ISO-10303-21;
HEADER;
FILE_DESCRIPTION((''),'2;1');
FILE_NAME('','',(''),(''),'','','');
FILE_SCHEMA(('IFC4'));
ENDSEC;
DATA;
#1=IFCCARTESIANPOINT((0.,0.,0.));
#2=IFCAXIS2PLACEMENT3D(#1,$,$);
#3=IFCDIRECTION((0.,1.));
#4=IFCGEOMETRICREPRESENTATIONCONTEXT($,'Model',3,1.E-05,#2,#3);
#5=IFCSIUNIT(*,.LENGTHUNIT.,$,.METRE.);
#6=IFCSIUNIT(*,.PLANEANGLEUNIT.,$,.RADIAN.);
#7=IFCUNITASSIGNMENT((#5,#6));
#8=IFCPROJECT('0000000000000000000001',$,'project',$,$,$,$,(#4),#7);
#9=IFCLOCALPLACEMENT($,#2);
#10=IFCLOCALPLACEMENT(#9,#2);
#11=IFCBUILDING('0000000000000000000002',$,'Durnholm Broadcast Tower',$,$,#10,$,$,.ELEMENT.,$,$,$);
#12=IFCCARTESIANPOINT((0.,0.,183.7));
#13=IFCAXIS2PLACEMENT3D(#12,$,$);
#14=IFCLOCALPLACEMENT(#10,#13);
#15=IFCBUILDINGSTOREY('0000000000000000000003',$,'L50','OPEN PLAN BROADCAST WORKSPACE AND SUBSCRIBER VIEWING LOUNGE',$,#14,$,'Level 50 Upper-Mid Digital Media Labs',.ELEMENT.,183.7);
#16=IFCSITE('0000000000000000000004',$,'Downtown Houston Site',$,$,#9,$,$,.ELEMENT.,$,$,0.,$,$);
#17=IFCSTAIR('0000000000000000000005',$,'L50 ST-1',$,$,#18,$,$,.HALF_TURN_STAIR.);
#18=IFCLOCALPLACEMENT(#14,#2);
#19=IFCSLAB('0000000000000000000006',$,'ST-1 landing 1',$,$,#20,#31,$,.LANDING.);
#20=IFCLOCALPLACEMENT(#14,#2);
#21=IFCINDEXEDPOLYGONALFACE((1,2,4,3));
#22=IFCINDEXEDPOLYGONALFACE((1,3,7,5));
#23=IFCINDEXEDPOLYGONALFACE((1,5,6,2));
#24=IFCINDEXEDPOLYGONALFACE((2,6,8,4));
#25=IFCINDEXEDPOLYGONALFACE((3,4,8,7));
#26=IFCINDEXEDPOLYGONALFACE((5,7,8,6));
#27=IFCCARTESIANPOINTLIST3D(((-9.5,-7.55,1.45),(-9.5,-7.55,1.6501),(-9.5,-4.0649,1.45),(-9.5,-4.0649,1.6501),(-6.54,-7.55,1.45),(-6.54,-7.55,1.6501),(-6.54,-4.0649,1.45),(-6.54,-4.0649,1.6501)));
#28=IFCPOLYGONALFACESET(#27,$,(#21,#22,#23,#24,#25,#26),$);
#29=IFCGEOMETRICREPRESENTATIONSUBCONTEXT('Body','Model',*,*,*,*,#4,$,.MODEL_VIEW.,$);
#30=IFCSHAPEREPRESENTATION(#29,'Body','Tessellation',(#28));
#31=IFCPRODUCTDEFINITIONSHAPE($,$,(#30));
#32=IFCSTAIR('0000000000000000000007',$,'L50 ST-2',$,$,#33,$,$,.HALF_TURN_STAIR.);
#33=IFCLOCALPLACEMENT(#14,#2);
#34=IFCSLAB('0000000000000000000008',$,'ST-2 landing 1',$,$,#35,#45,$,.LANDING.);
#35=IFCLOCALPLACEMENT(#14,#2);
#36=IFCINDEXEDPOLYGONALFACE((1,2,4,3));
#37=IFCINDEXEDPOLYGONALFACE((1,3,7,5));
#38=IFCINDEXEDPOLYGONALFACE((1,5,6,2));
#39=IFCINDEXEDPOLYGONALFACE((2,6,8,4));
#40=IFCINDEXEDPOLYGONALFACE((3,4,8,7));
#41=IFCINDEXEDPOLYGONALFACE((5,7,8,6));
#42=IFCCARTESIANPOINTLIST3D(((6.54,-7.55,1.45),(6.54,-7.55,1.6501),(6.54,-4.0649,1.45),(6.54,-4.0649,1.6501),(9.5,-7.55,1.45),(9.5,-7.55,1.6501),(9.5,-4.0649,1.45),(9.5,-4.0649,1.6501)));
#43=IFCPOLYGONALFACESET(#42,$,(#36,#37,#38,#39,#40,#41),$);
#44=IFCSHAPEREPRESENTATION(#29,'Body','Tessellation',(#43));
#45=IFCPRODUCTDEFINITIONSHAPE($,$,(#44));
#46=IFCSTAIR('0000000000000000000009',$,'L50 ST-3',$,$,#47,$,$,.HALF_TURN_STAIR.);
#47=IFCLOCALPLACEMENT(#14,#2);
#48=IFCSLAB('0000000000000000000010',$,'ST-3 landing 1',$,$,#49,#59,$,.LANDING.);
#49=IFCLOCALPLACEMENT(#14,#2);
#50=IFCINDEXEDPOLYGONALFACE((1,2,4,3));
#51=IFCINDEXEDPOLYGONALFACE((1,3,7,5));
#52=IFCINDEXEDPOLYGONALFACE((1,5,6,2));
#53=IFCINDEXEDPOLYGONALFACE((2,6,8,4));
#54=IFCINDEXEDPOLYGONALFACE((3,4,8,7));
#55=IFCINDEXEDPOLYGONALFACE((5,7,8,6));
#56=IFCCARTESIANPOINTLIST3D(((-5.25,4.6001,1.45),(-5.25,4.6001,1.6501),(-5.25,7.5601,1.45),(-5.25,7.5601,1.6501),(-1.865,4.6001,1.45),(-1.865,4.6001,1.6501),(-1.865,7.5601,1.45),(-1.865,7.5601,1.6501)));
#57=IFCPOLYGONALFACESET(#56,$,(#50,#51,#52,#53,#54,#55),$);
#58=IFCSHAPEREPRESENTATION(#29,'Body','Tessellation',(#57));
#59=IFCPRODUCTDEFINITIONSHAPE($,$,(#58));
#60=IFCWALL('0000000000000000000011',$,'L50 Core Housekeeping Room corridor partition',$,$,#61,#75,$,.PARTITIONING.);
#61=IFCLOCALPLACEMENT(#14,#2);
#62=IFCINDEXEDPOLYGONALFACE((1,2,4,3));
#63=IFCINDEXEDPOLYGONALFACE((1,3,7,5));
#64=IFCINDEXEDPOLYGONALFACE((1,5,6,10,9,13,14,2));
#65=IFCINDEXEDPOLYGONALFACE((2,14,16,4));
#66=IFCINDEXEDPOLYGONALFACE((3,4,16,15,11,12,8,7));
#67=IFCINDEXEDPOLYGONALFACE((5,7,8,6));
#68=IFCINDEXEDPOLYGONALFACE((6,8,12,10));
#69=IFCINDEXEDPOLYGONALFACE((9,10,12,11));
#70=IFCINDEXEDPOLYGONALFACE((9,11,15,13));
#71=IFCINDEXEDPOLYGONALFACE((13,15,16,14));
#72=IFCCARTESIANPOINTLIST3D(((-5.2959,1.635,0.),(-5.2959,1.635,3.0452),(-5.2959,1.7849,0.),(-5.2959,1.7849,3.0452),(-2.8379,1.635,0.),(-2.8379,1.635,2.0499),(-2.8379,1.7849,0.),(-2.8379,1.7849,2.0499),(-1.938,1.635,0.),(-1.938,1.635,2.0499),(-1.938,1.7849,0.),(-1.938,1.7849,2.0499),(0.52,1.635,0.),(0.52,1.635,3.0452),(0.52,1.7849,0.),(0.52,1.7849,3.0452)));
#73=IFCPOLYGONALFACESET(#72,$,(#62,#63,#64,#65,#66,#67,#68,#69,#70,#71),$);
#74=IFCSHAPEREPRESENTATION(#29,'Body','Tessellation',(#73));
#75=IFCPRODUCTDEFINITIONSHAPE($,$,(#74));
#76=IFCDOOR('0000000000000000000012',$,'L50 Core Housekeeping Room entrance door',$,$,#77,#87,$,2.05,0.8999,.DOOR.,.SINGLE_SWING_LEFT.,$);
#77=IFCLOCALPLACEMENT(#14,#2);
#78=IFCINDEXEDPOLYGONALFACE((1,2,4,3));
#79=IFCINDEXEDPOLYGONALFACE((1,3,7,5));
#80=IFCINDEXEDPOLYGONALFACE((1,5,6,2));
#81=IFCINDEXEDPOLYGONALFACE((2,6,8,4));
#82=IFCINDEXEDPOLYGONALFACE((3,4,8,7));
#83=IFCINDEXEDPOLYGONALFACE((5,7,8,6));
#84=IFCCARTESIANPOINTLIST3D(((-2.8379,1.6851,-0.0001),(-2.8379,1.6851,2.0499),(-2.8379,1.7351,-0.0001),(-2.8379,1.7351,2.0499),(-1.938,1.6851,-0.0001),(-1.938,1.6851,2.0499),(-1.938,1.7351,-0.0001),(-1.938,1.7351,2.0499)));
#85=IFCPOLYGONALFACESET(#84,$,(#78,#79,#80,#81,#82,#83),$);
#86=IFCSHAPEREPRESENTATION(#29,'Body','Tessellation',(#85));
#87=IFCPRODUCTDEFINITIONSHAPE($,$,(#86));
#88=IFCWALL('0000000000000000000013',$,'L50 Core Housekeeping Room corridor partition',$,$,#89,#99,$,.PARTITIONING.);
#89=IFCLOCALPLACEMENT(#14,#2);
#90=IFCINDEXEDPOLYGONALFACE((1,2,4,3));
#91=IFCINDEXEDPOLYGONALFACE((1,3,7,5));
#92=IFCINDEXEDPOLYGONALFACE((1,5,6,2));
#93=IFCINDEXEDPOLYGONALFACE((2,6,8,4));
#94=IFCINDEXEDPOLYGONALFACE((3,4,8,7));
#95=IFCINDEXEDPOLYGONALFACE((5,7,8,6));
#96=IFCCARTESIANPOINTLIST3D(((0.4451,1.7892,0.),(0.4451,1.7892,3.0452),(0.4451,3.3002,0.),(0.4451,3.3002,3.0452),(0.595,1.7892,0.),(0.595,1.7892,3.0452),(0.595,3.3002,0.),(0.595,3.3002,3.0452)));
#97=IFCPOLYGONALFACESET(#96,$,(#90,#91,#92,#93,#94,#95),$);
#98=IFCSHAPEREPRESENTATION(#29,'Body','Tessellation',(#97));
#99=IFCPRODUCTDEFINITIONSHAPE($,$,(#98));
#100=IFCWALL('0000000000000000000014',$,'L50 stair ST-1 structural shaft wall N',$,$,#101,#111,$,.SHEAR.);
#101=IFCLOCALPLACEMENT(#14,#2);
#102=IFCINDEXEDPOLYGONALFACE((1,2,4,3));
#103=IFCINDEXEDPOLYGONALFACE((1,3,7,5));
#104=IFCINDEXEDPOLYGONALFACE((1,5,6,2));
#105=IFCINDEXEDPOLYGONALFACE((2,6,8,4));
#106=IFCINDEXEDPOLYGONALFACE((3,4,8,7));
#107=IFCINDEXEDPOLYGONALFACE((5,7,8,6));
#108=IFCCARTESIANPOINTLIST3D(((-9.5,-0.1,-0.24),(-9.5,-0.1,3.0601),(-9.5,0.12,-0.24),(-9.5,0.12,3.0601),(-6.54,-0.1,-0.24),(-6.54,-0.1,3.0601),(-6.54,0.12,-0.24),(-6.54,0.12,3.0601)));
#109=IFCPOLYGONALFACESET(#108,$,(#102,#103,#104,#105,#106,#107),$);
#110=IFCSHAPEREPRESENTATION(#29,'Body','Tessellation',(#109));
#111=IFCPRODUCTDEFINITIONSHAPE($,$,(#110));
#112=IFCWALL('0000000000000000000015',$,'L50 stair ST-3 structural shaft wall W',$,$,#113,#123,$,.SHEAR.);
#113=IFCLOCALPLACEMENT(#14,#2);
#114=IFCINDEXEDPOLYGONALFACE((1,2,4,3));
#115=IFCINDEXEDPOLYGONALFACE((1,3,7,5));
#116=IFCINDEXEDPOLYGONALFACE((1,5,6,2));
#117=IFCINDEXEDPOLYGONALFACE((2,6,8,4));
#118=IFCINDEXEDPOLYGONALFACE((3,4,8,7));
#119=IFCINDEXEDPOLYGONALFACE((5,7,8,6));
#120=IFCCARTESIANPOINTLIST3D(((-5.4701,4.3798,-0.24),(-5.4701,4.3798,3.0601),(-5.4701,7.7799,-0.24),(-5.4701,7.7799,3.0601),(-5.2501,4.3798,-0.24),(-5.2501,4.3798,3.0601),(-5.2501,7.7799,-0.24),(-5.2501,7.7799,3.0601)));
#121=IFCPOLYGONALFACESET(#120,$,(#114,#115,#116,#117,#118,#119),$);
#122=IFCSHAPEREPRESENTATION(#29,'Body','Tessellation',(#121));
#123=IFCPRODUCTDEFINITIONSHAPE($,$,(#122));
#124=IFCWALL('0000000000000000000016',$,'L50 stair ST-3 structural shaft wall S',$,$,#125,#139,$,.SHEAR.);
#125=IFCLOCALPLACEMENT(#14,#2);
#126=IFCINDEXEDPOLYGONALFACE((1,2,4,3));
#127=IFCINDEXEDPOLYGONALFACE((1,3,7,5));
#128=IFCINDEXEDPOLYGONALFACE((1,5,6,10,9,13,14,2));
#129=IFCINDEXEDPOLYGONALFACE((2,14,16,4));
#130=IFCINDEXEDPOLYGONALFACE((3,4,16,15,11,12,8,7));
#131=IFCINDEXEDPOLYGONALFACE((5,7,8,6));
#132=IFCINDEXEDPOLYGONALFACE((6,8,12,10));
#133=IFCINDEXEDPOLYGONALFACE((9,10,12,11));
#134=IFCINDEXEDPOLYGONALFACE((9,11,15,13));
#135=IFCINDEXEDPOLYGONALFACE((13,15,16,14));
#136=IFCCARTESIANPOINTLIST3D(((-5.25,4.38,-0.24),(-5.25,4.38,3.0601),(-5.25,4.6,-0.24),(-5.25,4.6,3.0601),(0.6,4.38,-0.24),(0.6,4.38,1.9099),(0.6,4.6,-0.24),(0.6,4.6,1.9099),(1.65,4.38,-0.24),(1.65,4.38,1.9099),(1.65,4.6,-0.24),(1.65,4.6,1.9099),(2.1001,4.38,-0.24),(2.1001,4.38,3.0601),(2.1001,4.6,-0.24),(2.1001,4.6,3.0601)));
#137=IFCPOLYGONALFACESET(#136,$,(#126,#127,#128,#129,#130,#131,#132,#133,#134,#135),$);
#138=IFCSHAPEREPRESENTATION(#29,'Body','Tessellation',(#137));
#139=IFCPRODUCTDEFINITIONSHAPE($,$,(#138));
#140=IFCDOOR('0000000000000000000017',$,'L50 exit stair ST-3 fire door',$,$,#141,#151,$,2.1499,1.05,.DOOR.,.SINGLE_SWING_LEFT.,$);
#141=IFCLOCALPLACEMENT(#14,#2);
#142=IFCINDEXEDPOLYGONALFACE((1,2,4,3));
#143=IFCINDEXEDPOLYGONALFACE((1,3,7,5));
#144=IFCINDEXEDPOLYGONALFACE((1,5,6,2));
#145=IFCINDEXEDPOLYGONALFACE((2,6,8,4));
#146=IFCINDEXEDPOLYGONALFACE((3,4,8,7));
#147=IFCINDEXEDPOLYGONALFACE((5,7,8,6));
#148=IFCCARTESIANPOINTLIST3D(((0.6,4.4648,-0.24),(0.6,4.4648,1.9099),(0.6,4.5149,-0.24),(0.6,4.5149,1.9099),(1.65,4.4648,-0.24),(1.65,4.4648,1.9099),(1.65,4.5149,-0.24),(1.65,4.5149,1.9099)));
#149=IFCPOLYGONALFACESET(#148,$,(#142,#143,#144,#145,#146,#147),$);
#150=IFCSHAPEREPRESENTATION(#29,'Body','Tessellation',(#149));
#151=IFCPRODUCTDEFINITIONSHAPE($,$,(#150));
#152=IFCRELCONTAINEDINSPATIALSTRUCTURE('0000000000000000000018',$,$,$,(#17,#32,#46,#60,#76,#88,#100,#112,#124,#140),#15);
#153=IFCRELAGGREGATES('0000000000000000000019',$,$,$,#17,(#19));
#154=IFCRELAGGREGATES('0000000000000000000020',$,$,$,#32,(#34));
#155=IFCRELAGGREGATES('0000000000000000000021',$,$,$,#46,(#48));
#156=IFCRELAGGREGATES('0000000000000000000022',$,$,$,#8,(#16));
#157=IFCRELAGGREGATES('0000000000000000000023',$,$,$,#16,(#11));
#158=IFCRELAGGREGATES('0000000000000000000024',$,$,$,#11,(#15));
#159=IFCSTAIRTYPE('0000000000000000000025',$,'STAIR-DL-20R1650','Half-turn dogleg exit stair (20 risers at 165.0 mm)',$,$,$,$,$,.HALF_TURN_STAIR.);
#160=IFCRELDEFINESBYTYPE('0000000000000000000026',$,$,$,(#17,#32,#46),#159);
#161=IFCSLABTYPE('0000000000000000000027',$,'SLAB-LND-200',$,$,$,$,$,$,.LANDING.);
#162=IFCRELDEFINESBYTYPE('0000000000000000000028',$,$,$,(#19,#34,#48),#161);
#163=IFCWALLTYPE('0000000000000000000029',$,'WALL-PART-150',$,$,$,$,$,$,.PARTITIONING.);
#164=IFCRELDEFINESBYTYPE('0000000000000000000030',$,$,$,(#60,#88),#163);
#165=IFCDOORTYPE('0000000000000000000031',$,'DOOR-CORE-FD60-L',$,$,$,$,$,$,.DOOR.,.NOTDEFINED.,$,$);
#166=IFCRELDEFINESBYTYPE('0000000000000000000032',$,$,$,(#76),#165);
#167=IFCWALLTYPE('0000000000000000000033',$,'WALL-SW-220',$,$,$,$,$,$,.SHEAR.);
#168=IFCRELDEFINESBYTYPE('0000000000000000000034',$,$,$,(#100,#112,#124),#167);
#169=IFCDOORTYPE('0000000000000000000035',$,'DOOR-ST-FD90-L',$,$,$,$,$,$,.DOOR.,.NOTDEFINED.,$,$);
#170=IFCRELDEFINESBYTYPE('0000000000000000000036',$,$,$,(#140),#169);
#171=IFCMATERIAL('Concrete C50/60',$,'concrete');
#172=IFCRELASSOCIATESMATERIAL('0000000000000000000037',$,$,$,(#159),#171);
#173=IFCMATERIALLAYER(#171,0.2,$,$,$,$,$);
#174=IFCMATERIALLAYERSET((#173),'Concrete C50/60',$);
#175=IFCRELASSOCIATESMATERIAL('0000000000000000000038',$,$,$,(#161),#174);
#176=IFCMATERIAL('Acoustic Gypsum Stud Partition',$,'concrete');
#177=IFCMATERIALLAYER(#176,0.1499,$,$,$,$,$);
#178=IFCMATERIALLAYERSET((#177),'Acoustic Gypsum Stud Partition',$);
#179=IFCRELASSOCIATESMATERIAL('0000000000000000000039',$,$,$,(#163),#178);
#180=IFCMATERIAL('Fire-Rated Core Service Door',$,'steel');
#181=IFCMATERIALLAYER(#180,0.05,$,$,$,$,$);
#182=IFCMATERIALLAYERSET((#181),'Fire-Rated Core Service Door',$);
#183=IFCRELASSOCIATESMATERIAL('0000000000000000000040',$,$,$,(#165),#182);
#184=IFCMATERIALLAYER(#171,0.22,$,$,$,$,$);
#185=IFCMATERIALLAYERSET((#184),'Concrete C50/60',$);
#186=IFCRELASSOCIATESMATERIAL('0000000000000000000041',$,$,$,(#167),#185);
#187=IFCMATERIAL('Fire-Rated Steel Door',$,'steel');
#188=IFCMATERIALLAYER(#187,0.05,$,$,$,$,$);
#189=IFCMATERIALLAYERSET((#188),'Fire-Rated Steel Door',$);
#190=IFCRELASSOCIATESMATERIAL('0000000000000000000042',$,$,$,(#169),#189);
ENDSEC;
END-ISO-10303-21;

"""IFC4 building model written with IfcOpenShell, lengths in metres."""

from ifc_helpers import new_model, si_unit, direction, frame, frame_2d, origin, place, context, subcontext, project, spatial, polyline, rectangle, outline, extrude, source, transform, mapped, material, layer, layer_set, type_object, type_shapes, element, fill, aggregate, save


model = new_model("IFC4")

# Units and contexts
model_context = context("Model", 3, precision=1e-05, world=origin(), true_north=direction((0.0, 1.0)))
body_context = subcontext(model_context, "Body", "Model", "MODEL_VIEW")
ifc_project = project(units=[si_unit("LENGTHUNIT", "METRE"), si_unit("PLANEANGLEUNIT", "RADIAN")], contexts=[model_context])

# Site, building, storey
site_placement = place(None, origin())
site = spatial("IfcSite", under=ifc_project, at=site_placement, Name="Downtown Houston Site", CompositionType="ELEMENT", RefElevation=0.0)
building_placement = place(site_placement, origin())
building = spatial("IfcBuilding", under=site, at=building_placement, Name="Durnholm Broadcast Tower", CompositionType="ELEMENT")
storey_placement = place(building_placement, frame((0.0, 0.0, 183.7)))
storey = spatial("IfcBuildingStorey", under=building, at=storey_placement, Name="L50", Description="OPEN PLAN BROADCAST WORKSPACE AND SUBSCRIBER VIEWING LOUNGE", LongName="Level 50 Upper-Mid Digital Media Labs", CompositionType="ELEMENT", Elevation=183.7)

# Stairs, slabs
ifc_material_1 = material(Name="Concrete C50/60", Category="concrete")
stair_type = type_object("IfcStairType", Name="STAIR-DL-20R1650", Description="Half-turn dogleg exit stair (20 risers at 165.0 mm)", PredefinedType="HALF_TURN_STAIR", material=ifc_material_1)
stair_1_placement = place(storey_placement, origin())
stair_1 = element("IfcStair", 1, at=stair_1_placement, inside=storey, type_object=stair_type, Name="L50 ST-1", PredefinedType="HALF_TURN_STAIR")
ifc_layer_1 = layer(ifc_material_1, 0.2)
ifc_layer_set_1 = layer_set([ifc_layer_1], Name="Concrete C50/60")
slab_type = type_object("IfcSlabType", Name="SLAB-LND-200", PredefinedType="LANDING", material=ifc_layer_set_1)
slab_1_placement = place(storey_placement, frame((0.0, 0.0, 1.45)))
slab_1 = element("IfcSlab", 2, at=slab_1_placement, type_object=slab_type, Name="ST-1 landing 1", PredefinedType="LANDING", context=body_context, shape_type="SweptSolid", body=[
    extrude(outline(polyline([(-9.5, -4.0649), (-9.5, -7.55), (-6.54, -7.55), (-6.54, -4.0649), (-9.5, -4.0649)])), origin(), (0.0, 0.0, 1.0), 0.2002),
])
aggregate(stair_1, [slab_1])
stair_2_placement = place(storey_placement, origin())
stair_2 = element("IfcStair", 3, at=stair_2_placement, inside=storey, type_object=stair_type, Name="L50 ST-2", PredefinedType="HALF_TURN_STAIR")
slab_2_placement = place(storey_placement, frame((0.0, 0.0, 1.45)))
slab_2 = element("IfcSlab", 4, at=slab_2_placement, type_object=slab_type, Name="ST-2 landing 1", PredefinedType="LANDING", context=body_context, shape_type="SweptSolid", body=[
    extrude(outline(polyline([(6.54, -4.0649), (6.54, -7.55), (9.5, -7.55), (9.5, -4.0649), (6.54, -4.0649)])), origin(), (0.0, 0.0, 1.0), 0.2002),
])
aggregate(stair_2, [slab_2])
stair_3_placement = place(storey_placement, origin())
stair_3 = element("IfcStair", 5, at=stair_3_placement, inside=storey, type_object=stair_type, Name="L50 ST-3", PredefinedType="HALF_TURN_STAIR")
slab_3_placement = place(storey_placement, frame((0.0, 0.0, 1.45)))
slab_3 = element("IfcSlab", 6, at=slab_3_placement, type_object=slab_type, Name="ST-3 landing 1", PredefinedType="LANDING", context=body_context, shape_type="SweptSolid", body=[
    extrude(outline(polyline([(-1.865, 7.5601), (-5.25, 7.5601), (-5.25, 4.6001), (-1.865, 4.6001), (-1.865, 7.5601)])), origin(), (0.0, 0.0, 1.0), 0.2002),
])

# Wall, opening, door
ifc_material_2 = material(Name="Acoustic Gypsum Stud Partition", Category="concrete")
ifc_layer_2 = layer(ifc_material_2, 0.1499)
ifc_layer_set_2 = layer_set([ifc_layer_2], Name="Acoustic Gypsum Stud Partition")
wall_type_1 = type_object("IfcWallType", Name="WALL-PART-150", PredefinedType="PARTITIONING", material=ifc_layer_set_2)
wall_1_placement = place(storey_placement, frame((0.52, 1.71, 0.0), z_axis=(0.0, 0.0, 1.0), x_axis=(-1.0, 0.0, 0.0)))
wall_1 = element("IfcWall", 7, at=wall_1_placement, inside=storey, type_object=wall_type_1, Name="L50 Core Housekeeping Room corridor partition", PredefinedType="PARTITIONING", context=body_context, shape_type="SweptSolid", body=[
    extrude(rectangle(XDim=5.8159, YDim=0.1499, at=frame_2d((2.908, 0.0))), origin(), (0.0, 0.0, 1.0), 3.0452),
])
opening_1_placement = place(wall_1_placement, frame((2.458, 0.0, 0.0)))
opening_1 = element("IfcOpeningElement", 8, at=opening_1_placement, cuts=wall_1, PredefinedType="OPENING", context=body_context, shape_type="SweptSolid", body=[
    extrude(rectangle(XDim=0.8999, YDim=2.05, at=frame_2d((0.45, 1.0249))), frame((0.0, 0.085, 0.0), z_axis=(0.0, -1.0, 0.0), x_axis=(1.0, 0.0, 0.0)), (0.0, 0.0, 1.0), 0.1699),
])
ifc_material_3 = material(Name="Fire-Rated Core Service Door", Category="steel")
ifc_layer_3 = layer(ifc_material_3, 0.05)
ifc_layer_set_3 = layer_set([ifc_layer_3], Name="Fire-Rated Core Service Door")
door_type_1 = type_object("IfcDoorType", Name="DOOR-CORE-FD60-L", OperationType="NOTDEFINED", PredefinedType="DOOR", material=ifc_layer_set_3)
shared_shape_1 = source(origin(), body_context, "Body", "SweptSolid", [
    extrude(rectangle(XDim=0.8999, YDim=2.05, at=frame_2d((0.45, 1.0249))), frame((0.0, 0.0249, 0.0), z_axis=(0.0, -1.0, 0.0), x_axis=(1.0, 0.0, 0.0)), (0.0, 0.0, 1.0), 0.05),
])
type_shapes(door_type_1, [shared_shape_1])
door_1_placement = place(opening_1_placement, origin())
door_1 = element("IfcDoor", 9, at=door_1_placement, inside=storey, type_object=door_type_1, Name="L50 Core Housekeeping Room entrance door", OperationType="SINGLE_SWING_LEFT", OverallHeight=2.05, OverallWidth=0.8999, PredefinedType="DOOR", context=body_context, shape_type="MappedRepresentation", body=[
    mapped(shared_shape_1, transform((0.0, 0.0, 0.0), x_axis=(1.0, 0.0, 0.0), y_axis=(0.0, 1.0, 0.0), z_axis=(0.0, 0.0, 1.0), scale=1.0)),
])
fill(opening_1, door_1)

# Walls
wall_2_placement = place(storey_placement, frame((0.52, 3.3, 0.0), z_axis=(0.0, 0.0, 1.0), x_axis=(0.0, -1.0, 0.0)))
element("IfcWall", 10, at=wall_2_placement, inside=storey, type_object=wall_type_1, Name="L50 Core Housekeeping Room corridor partition", PredefinedType="PARTITIONING", context=body_context, shape_type="SweptSolid", body=[
    extrude(rectangle(XDim=1.511, YDim=0.1499, at=frame_2d((0.7554, 0.0))), origin(), (0.0, 0.0, 1.0), 3.0452),
])
ifc_layer_4 = layer(ifc_material_1, 0.22)
ifc_layer_set_4 = layer_set([ifc_layer_4], Name="Concrete C50/60")
wall_type_2 = type_object("IfcWallType", Name="WALL-SW-220", PredefinedType="SHEAR", material=ifc_layer_set_4)
wall_3_placement = place(storey_placement, frame((-6.54, 0.01, -0.24), z_axis=(0.0, 0.0, 1.0), x_axis=(-1.0, 0.0, 0.0)))
element("IfcWall", 11, at=wall_3_placement, inside=storey, type_object=wall_type_2, Name="L50 stair ST-1 structural shaft wall N", PredefinedType="SHEAR", context=body_context, shape_type="SweptSolid", body=[
    extrude(rectangle(XDim=2.96, YDim=0.22, at=frame_2d((1.48, 0.0))), origin(), (0.0, 0.0, 1.0), 3.3),
])
wall_4_placement = place(storey_placement, frame((-5.3601, 7.78, -0.24), z_axis=(0.0, 0.0, 1.0), x_axis=(0.0, -1.0, 0.0)))
element("IfcWall", 12, at=wall_4_placement, inside=storey, type_object=wall_type_2, Name="L50 stair ST-3 structural shaft wall W", PredefinedType="SHEAR", context=body_context, shape_type="SweptSolid", body=[
    extrude(rectangle(XDim=3.4001, YDim=0.22, at=frame_2d((1.7002, 0.0))), origin(), (0.0, 0.0, 1.0), 3.3),
])

# Wall, opening, door
wall_5_placement = place(storey_placement, frame((-5.25, 4.49, -0.24), z_axis=(0.0, 0.0, 1.0), x_axis=(1.0, 0.0, 0.0)))
wall_5 = element("IfcWall", 13, at=wall_5_placement, inside=storey, type_object=wall_type_2, Name="L50 stair ST-3 structural shaft wall S", PredefinedType="SHEAR", context=body_context, shape_type="SweptSolid", body=[
    extrude(rectangle(XDim=7.3501, YDim=0.22, at=frame_2d((3.675, 0.0))), origin(), (0.0, 0.0, 1.0), 3.3),
])
opening_2_placement = place(wall_5_placement, frame((5.8501, 0.0, 0.0)))
opening_2 = element("IfcOpeningElement", 14, at=opening_2_placement, cuts=wall_5, PredefinedType="OPENING", context=body_context, shape_type="SweptSolid", body=[
    extrude(rectangle(XDim=1.05, YDim=2.1499, at=frame_2d((0.5249, 1.075))), frame((0.0, 0.1201, 0.0), z_axis=(0.0, -1.0, 0.0), x_axis=(1.0, 0.0, 0.0)), (0.0, 0.0, 1.0), 0.24),
])
ifc_material_4 = material(Name="Fire-Rated Steel Door", Category="steel")
ifc_layer_5 = layer(ifc_material_4, 0.05)
ifc_layer_set_5 = layer_set([ifc_layer_5], Name="Fire-Rated Steel Door")
door_type_2 = type_object("IfcDoorType", Name="DOOR-ST-FD90-L", OperationType="NOTDEFINED", PredefinedType="DOOR", material=ifc_layer_set_5)
shared_shape_2 = source(origin(), body_context, "Body", "SweptSolid", [
    extrude(rectangle(XDim=1.05, YDim=2.1499, at=frame_2d((0.5249, 1.075))), frame((0.0, 0.0249, 0.0), z_axis=(0.0, -1.0, 0.0), x_axis=(1.0, 0.0, 0.0)), (0.0, 0.0, 1.0), 0.05),
])
type_shapes(door_type_2, [shared_shape_2])
door_2_placement = place(opening_2_placement, origin())
door_2 = element("IfcDoor", 15, at=door_2_placement, inside=storey, type_object=door_type_2, Name="L50 exit stair ST-3 fire door", OperationType="SINGLE_SWING_LEFT", OverallHeight=2.1499, OverallWidth=1.05, PredefinedType="DOOR", context=body_context, shape_type="MappedRepresentation", body=[
    mapped(shared_shape_2, transform((0.0, 0.0, 0.0), x_axis=(1.0, 0.0, 0.0), y_axis=(0.0, 1.0, 0.0), z_axis=(0.0, 0.0, 1.0), scale=1.0)),
])
fill(opening_2, door_2)

aggregate(stair_3, [slab_3])

save(model, "model.ifc")
